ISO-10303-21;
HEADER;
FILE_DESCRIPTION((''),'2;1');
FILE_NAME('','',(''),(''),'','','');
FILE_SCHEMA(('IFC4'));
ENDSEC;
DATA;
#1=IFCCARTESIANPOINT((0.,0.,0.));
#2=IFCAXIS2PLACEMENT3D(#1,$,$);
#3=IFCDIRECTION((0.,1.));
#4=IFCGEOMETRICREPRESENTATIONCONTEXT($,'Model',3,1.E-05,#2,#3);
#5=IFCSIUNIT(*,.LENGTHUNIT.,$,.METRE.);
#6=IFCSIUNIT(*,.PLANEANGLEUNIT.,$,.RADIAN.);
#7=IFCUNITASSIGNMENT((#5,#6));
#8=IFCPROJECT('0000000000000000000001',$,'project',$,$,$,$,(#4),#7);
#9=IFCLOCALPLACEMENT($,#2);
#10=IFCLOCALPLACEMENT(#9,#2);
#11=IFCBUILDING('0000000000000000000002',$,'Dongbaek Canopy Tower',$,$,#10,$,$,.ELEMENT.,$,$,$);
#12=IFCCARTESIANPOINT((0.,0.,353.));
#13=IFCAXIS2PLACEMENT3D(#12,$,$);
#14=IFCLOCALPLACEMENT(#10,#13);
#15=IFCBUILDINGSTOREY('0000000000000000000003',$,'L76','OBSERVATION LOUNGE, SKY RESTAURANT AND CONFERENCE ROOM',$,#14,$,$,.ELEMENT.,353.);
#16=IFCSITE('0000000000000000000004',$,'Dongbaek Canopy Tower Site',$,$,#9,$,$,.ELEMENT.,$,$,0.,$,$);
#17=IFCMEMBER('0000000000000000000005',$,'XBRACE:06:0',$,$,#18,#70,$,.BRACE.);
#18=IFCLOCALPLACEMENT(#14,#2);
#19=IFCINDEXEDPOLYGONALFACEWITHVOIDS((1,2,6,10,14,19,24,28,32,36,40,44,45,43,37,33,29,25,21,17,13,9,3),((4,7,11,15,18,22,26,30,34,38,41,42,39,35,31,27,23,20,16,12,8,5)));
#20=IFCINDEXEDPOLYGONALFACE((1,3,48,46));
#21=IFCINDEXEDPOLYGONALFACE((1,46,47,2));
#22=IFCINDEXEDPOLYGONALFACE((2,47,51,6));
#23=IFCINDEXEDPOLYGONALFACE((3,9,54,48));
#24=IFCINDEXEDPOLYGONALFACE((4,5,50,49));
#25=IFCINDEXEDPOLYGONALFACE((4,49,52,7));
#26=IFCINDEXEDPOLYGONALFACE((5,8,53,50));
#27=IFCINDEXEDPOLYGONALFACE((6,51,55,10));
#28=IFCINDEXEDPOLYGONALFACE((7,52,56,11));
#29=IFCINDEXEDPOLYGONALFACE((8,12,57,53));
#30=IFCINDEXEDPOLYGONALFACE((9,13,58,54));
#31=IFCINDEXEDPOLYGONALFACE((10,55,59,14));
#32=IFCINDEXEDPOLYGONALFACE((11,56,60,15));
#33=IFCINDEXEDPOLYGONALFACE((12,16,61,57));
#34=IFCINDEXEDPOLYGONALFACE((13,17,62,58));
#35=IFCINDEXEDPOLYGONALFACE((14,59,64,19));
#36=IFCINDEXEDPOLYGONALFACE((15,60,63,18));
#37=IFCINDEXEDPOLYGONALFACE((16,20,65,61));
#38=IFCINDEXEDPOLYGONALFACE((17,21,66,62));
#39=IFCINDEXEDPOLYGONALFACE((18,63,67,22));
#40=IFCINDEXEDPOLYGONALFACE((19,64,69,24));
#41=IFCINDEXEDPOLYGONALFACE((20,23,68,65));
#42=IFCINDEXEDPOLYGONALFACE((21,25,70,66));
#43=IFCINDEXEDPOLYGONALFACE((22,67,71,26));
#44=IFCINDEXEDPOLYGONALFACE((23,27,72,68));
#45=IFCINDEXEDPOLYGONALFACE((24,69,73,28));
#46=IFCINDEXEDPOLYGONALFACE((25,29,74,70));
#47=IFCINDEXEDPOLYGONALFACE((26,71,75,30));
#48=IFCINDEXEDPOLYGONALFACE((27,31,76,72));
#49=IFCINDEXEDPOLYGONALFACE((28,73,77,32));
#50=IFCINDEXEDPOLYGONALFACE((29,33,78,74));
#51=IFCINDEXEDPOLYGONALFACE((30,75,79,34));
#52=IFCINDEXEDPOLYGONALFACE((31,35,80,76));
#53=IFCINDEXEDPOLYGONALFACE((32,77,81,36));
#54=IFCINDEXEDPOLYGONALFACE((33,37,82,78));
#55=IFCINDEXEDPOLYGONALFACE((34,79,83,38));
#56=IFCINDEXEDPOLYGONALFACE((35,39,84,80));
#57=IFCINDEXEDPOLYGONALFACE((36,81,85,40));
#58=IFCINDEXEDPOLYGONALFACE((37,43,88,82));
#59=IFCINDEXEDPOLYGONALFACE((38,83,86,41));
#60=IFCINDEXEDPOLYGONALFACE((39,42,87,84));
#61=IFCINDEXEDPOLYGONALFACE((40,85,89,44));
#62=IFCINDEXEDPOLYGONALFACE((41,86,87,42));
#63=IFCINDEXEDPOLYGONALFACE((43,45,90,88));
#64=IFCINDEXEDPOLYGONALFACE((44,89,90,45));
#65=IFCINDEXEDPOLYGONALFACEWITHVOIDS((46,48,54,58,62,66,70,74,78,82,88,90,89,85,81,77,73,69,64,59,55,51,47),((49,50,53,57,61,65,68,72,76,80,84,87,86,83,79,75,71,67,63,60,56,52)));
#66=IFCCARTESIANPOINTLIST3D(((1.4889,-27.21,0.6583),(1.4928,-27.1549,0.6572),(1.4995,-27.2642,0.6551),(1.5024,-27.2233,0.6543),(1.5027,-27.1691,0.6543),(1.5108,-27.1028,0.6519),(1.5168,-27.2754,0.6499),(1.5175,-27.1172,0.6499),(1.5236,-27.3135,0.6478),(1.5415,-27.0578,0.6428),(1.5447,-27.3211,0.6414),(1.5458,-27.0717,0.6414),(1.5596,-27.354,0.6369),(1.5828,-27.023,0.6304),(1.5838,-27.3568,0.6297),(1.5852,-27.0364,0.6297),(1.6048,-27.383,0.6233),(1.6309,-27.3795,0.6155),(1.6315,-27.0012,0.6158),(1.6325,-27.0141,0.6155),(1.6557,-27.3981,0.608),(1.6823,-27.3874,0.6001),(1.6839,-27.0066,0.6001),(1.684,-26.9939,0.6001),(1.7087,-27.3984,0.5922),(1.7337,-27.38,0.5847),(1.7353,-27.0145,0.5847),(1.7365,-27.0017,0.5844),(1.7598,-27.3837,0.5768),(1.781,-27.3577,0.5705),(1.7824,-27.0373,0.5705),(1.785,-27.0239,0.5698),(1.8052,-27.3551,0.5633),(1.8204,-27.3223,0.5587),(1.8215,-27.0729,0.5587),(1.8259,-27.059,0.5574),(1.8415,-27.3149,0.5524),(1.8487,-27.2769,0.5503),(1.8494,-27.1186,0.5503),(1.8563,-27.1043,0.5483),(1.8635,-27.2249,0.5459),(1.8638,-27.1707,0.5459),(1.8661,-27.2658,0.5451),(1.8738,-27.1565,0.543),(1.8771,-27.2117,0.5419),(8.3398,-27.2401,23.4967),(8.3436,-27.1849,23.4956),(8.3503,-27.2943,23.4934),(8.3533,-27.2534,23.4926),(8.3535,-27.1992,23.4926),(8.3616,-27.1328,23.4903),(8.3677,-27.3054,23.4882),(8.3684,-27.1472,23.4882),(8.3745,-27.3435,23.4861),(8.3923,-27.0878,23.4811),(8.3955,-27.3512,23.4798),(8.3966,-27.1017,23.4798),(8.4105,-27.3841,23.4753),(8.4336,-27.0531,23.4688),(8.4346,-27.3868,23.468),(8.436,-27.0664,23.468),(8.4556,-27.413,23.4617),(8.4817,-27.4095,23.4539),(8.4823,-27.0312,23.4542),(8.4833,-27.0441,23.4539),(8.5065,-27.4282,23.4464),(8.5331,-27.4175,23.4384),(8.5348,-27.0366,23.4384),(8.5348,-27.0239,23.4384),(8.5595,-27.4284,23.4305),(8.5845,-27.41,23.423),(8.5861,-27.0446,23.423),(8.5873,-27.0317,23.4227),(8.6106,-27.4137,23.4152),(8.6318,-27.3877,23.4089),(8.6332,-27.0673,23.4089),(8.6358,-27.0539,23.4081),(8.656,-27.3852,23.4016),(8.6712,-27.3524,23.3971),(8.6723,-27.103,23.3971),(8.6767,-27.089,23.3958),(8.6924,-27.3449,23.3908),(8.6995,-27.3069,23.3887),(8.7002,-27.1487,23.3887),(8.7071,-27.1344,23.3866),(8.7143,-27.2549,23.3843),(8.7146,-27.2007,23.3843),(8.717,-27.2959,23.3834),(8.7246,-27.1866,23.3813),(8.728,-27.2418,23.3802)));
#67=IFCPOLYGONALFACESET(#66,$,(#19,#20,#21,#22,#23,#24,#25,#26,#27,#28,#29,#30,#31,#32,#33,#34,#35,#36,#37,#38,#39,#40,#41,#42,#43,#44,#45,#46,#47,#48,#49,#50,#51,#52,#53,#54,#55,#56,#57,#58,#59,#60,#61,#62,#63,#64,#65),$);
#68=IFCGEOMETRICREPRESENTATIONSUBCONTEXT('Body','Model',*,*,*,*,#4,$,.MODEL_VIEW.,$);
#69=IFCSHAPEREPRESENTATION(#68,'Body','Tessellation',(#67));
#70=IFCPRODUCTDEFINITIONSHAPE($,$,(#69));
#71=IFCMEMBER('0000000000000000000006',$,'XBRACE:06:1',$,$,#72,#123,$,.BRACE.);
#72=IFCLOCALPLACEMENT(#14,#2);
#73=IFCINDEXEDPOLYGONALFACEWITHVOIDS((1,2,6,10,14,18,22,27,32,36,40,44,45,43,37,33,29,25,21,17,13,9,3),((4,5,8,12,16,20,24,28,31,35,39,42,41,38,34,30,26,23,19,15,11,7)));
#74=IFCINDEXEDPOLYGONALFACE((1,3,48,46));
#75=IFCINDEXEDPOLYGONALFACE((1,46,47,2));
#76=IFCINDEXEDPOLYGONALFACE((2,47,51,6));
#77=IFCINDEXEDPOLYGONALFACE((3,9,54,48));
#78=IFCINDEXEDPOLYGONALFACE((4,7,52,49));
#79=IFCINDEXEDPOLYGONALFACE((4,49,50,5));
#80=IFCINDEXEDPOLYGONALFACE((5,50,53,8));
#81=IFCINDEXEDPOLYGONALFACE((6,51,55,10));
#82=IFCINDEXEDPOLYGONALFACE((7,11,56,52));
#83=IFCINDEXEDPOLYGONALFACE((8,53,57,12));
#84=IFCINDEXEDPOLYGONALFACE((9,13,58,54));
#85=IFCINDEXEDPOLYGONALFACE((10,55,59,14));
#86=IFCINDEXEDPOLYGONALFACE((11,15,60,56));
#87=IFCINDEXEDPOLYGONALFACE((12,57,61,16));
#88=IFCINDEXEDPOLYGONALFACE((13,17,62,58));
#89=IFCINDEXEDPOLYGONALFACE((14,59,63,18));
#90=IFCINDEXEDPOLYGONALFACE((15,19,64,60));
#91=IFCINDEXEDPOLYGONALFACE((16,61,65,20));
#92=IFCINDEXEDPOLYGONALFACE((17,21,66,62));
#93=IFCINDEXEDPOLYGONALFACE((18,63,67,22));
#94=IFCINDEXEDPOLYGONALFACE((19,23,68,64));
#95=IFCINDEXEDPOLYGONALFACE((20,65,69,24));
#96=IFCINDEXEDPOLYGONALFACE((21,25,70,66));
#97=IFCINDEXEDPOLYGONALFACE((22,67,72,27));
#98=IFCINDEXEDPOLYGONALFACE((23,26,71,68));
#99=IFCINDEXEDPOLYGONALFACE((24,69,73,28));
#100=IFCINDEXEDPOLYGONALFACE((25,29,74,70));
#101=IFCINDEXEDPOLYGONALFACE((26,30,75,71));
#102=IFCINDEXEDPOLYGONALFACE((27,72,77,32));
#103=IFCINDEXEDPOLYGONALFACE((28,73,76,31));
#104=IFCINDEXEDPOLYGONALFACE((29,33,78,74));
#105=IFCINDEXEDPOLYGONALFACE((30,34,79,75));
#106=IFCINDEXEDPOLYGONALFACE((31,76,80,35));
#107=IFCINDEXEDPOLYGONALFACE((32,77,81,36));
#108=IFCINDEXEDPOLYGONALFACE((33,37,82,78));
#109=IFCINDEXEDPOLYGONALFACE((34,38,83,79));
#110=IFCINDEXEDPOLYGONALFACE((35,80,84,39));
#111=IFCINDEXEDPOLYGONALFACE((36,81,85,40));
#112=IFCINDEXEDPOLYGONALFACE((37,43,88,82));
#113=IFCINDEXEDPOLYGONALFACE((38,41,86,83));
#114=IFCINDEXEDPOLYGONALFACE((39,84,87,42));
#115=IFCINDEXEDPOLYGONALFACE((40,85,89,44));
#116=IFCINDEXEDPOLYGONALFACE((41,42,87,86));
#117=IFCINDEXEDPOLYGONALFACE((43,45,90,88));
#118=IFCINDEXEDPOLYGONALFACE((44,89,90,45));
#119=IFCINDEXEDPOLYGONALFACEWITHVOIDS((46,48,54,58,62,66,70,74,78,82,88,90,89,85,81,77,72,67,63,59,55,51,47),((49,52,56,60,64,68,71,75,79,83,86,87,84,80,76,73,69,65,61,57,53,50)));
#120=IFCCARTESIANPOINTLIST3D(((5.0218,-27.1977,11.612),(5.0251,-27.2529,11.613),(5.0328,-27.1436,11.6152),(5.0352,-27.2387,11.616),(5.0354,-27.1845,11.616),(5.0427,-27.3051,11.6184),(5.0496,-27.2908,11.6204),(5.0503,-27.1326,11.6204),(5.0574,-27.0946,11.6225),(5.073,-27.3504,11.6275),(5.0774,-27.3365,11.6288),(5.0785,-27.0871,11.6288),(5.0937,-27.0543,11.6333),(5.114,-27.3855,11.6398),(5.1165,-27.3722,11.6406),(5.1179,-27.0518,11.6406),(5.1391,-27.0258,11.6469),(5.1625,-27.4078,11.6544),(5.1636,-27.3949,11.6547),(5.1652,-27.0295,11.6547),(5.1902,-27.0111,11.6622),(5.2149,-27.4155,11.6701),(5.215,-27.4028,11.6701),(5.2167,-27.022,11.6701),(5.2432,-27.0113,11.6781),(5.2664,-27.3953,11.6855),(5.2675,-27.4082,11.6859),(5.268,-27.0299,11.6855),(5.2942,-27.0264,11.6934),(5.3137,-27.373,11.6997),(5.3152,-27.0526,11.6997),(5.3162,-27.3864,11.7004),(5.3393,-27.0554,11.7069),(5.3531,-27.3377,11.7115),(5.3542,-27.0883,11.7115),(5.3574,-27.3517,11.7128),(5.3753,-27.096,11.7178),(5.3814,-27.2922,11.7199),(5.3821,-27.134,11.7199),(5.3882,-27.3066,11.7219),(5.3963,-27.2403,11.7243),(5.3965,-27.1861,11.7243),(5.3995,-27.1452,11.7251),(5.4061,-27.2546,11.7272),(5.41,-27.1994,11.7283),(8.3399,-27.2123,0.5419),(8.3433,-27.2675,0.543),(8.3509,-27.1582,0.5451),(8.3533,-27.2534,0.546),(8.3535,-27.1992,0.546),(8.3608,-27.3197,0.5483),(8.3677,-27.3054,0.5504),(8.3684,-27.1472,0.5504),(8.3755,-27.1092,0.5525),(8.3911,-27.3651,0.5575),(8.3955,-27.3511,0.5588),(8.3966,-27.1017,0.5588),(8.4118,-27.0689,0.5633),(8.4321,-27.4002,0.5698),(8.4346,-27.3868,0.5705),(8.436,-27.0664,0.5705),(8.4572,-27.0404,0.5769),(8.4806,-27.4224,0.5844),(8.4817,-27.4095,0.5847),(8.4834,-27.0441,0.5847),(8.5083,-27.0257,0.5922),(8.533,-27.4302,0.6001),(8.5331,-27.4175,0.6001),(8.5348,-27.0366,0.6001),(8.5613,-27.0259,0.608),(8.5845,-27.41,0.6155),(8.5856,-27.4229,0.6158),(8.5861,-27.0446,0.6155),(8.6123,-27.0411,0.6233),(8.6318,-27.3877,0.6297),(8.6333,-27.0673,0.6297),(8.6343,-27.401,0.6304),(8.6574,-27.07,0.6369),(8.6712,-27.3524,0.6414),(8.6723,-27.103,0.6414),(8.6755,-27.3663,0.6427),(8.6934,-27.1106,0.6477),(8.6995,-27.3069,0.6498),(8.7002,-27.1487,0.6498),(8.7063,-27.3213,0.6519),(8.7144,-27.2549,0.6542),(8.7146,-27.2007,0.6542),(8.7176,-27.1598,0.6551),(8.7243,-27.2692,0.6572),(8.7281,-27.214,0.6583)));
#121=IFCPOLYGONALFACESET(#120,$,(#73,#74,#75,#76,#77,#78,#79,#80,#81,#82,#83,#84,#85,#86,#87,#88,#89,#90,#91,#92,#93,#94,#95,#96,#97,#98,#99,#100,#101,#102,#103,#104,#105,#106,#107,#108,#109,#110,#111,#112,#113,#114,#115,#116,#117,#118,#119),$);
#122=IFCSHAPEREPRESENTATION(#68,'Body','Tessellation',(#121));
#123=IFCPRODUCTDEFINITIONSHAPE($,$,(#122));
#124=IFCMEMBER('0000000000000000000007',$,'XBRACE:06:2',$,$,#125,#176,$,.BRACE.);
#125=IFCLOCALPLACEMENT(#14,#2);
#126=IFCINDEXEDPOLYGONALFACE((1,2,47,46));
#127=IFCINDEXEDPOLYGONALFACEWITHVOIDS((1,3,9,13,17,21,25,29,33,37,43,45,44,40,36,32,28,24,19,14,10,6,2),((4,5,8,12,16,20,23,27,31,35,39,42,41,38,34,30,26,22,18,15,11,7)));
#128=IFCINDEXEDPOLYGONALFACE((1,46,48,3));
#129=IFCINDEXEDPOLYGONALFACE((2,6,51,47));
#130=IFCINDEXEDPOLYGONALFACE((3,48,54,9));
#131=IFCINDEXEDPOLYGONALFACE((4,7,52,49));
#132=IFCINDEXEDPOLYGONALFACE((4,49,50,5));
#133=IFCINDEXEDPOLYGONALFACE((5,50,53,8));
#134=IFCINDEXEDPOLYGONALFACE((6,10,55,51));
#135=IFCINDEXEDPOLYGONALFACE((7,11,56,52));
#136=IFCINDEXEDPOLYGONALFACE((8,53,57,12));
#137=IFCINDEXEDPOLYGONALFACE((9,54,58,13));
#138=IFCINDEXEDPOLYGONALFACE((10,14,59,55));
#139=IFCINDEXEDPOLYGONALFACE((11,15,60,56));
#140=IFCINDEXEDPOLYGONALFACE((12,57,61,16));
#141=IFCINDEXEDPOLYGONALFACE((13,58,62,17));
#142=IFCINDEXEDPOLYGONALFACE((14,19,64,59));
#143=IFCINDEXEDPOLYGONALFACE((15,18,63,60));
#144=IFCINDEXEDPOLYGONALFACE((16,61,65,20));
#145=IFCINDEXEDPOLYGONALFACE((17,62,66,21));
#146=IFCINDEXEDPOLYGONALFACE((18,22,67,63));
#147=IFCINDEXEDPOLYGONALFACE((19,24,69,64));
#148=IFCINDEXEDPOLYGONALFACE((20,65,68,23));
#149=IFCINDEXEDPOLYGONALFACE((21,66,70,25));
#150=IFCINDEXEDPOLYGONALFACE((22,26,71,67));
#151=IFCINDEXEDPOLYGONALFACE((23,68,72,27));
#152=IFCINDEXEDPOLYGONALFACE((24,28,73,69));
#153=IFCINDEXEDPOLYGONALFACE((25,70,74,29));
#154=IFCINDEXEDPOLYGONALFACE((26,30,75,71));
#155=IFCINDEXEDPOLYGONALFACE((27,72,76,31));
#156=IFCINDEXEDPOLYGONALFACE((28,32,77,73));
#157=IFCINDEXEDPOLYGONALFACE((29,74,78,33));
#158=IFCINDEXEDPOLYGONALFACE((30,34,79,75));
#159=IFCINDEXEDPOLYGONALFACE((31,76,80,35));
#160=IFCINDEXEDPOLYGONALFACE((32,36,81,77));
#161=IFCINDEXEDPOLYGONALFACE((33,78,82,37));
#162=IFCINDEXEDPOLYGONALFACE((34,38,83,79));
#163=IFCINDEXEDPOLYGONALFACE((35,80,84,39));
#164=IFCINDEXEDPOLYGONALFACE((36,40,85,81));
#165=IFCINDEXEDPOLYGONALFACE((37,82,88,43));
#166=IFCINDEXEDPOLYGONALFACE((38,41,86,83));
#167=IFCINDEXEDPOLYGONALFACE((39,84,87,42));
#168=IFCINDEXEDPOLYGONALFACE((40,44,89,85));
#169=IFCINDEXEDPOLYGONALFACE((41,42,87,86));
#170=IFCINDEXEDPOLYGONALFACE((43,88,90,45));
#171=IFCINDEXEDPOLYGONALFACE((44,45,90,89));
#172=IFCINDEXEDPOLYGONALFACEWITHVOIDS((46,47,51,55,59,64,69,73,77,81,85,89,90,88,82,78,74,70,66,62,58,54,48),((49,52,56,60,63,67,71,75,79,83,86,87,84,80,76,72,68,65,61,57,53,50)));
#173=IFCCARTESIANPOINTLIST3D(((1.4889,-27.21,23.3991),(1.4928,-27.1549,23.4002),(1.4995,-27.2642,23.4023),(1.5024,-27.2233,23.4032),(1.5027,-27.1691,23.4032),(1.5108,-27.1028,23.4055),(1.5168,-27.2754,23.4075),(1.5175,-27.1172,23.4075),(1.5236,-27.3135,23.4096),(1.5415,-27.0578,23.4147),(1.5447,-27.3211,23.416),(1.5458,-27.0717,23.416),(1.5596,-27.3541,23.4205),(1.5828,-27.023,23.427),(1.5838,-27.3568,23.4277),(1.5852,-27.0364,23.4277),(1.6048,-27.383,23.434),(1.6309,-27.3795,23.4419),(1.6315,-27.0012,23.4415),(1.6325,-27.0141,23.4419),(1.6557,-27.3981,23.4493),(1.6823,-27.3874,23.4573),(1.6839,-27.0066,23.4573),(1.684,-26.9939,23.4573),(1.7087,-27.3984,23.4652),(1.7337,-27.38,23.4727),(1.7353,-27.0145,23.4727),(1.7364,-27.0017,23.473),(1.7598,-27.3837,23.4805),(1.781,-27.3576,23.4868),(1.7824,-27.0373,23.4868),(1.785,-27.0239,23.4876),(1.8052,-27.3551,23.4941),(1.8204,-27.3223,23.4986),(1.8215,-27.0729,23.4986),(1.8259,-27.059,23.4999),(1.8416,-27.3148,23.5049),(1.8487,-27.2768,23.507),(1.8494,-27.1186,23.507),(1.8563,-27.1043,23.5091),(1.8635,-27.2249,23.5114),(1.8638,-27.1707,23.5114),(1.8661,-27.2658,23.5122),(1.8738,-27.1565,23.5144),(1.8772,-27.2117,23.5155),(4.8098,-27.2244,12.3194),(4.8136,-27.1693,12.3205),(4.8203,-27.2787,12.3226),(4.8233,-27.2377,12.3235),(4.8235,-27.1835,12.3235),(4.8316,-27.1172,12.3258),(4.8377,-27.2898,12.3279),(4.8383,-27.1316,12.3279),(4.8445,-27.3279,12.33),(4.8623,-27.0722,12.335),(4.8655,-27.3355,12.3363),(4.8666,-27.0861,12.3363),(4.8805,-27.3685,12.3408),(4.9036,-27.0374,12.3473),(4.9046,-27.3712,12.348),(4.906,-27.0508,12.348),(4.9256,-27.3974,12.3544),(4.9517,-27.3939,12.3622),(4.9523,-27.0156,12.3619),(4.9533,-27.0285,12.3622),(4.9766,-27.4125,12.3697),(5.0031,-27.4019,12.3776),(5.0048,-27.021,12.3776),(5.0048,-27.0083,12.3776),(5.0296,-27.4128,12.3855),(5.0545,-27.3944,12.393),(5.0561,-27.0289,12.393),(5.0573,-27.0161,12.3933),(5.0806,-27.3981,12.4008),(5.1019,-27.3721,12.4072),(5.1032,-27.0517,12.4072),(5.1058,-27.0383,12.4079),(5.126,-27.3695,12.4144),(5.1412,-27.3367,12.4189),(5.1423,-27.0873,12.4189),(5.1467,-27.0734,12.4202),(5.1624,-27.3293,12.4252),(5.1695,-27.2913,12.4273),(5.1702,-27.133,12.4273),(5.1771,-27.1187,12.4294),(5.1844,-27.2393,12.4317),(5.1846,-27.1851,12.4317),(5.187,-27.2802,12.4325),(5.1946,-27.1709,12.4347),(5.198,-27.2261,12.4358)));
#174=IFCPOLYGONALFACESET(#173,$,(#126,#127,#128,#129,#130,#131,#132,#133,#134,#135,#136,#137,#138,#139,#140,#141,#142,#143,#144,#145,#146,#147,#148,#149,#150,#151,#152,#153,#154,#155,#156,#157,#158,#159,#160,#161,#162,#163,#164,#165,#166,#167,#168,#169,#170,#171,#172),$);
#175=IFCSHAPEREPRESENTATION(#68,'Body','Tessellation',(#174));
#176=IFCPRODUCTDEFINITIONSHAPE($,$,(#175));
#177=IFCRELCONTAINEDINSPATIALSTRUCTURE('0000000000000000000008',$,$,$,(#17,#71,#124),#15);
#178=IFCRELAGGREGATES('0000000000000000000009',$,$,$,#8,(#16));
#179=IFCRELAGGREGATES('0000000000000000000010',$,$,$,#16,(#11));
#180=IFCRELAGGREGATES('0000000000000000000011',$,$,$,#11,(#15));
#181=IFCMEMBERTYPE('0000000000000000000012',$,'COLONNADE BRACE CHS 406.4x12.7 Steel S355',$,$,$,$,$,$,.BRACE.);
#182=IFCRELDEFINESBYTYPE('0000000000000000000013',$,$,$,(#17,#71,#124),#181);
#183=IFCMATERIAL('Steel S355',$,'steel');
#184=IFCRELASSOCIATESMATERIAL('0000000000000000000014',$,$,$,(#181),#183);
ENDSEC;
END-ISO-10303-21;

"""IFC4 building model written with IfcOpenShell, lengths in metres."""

from ifc_helpers import new_model, si_unit, direction, frame, origin, origin_2d, place, context, subcontext, project, spatial, hollow_circle, extrude, material, material_profile, profile_set, type_object, element, save


model = new_model("IFC4")

# Units and contexts
model_context = context("Model", 3, precision=1e-05, world=origin(), true_north=direction((0.0, 1.0)))
body_context = subcontext(model_context, "Body", "Model", "MODEL_VIEW")
ifc_project = project(units=[si_unit("LENGTHUNIT", "METRE"), si_unit("PLANEANGLEUNIT", "RADIAN")], contexts=[model_context])

# Site, building, storey
site_placement = place(None, origin())
site = spatial("IfcSite", under=ifc_project, at=site_placement, Name="Dongbaek Canopy Tower Site", CompositionType="ELEMENT", RefElevation=0.0)
building_placement = place(site_placement, origin())
building = spatial("IfcBuilding", under=site, at=building_placement, Name="Dongbaek Canopy Tower", CompositionType="ELEMENT")
storey_placement = place(building_placement, frame((0.0, 0.0, 353.0)))
storey = spatial("IfcBuildingStorey", under=building, at=storey_placement, Name="L76", Description="OBSERVATION LOUNGE, SKY RESTAURANT AND CONFERENCE ROOM", CompositionType="ELEMENT", Elevation=353.0)

# Members
ifc_material_1 = material(Name="Steel S355", Category="steel")
ifc_material_profile_1 = material_profile(ifc_material_1, hollow_circle(Radius=0.2031, WallThickness=0.0127, at=origin_2d()), Name="COLONNADE BRACE CHS 406.4x12.7 Steel S355")
ifc_profile_set_1 = profile_set([ifc_material_profile_1], Name="Steel S355")
member_type_1 = type_object("IfcMemberType", Name="COLONNADE BRACE CHS 406.4x12.7 Steel S355", PredefinedType="BRACE", material=ifc_profile_set_1)
member_1_placement = place(storey_placement, frame((1.6831, -27.197, 0.6001), z_axis=(0.287321, -0.001259, 0.957833), x_axis=(0.004383, 0.99999, 0.0)))
element("IfcMember", 1, at=member_1_placement, inside=storey, type_object=member_type_1, Name="XBRACE:06:0", PredefinedType="BRACE", context=body_context, shape_type="SweptSolid", body=[
    extrude(hollow_circle(Radius=0.2031, WallThickness=0.0127, at=origin_2d()), origin(), (0.0, 0.0, 1.0), 23.8438),
])
member_2_placement = place(storey_placement, frame((8.5339, -27.2271, 0.6001), z_axis=(-0.287117, 0.001268, 0.957895), x_axis=(-0.004415, -0.99999, 0.0)))
element("IfcMember", 2, at=member_2_placement, inside=storey, type_object=member_type_1, Name="XBRACE:06:1", PredefinedType="BRACE", context=body_context, shape_type="SweptSolid", body=[
    extrude(hollow_circle(Radius=0.2031, WallThickness=0.0127, at=origin_2d()), origin(), (0.0, 0.0, 1.0), 11.5566),
])
member_3_placement = place(storey_placement, frame((1.6831, -27.197, 23.4573), z_axis=(0.287104, -0.001245, -0.957899), x_axis=(0.004338, 0.999991, 0.0)))
element("IfcMember", 3, at=member_3_placement, inside=storey, type_object=member_type_1, Name="XBRACE:06:2", PredefinedType="BRACE", context=body_context, shape_type="SweptSolid", body=[
    extrude(hollow_circle(Radius=0.2031, WallThickness=0.0127, at=origin_2d()), origin(), (0.0, 0.0, 1.0), 11.5667),
])

save(model, "model.ifc")
